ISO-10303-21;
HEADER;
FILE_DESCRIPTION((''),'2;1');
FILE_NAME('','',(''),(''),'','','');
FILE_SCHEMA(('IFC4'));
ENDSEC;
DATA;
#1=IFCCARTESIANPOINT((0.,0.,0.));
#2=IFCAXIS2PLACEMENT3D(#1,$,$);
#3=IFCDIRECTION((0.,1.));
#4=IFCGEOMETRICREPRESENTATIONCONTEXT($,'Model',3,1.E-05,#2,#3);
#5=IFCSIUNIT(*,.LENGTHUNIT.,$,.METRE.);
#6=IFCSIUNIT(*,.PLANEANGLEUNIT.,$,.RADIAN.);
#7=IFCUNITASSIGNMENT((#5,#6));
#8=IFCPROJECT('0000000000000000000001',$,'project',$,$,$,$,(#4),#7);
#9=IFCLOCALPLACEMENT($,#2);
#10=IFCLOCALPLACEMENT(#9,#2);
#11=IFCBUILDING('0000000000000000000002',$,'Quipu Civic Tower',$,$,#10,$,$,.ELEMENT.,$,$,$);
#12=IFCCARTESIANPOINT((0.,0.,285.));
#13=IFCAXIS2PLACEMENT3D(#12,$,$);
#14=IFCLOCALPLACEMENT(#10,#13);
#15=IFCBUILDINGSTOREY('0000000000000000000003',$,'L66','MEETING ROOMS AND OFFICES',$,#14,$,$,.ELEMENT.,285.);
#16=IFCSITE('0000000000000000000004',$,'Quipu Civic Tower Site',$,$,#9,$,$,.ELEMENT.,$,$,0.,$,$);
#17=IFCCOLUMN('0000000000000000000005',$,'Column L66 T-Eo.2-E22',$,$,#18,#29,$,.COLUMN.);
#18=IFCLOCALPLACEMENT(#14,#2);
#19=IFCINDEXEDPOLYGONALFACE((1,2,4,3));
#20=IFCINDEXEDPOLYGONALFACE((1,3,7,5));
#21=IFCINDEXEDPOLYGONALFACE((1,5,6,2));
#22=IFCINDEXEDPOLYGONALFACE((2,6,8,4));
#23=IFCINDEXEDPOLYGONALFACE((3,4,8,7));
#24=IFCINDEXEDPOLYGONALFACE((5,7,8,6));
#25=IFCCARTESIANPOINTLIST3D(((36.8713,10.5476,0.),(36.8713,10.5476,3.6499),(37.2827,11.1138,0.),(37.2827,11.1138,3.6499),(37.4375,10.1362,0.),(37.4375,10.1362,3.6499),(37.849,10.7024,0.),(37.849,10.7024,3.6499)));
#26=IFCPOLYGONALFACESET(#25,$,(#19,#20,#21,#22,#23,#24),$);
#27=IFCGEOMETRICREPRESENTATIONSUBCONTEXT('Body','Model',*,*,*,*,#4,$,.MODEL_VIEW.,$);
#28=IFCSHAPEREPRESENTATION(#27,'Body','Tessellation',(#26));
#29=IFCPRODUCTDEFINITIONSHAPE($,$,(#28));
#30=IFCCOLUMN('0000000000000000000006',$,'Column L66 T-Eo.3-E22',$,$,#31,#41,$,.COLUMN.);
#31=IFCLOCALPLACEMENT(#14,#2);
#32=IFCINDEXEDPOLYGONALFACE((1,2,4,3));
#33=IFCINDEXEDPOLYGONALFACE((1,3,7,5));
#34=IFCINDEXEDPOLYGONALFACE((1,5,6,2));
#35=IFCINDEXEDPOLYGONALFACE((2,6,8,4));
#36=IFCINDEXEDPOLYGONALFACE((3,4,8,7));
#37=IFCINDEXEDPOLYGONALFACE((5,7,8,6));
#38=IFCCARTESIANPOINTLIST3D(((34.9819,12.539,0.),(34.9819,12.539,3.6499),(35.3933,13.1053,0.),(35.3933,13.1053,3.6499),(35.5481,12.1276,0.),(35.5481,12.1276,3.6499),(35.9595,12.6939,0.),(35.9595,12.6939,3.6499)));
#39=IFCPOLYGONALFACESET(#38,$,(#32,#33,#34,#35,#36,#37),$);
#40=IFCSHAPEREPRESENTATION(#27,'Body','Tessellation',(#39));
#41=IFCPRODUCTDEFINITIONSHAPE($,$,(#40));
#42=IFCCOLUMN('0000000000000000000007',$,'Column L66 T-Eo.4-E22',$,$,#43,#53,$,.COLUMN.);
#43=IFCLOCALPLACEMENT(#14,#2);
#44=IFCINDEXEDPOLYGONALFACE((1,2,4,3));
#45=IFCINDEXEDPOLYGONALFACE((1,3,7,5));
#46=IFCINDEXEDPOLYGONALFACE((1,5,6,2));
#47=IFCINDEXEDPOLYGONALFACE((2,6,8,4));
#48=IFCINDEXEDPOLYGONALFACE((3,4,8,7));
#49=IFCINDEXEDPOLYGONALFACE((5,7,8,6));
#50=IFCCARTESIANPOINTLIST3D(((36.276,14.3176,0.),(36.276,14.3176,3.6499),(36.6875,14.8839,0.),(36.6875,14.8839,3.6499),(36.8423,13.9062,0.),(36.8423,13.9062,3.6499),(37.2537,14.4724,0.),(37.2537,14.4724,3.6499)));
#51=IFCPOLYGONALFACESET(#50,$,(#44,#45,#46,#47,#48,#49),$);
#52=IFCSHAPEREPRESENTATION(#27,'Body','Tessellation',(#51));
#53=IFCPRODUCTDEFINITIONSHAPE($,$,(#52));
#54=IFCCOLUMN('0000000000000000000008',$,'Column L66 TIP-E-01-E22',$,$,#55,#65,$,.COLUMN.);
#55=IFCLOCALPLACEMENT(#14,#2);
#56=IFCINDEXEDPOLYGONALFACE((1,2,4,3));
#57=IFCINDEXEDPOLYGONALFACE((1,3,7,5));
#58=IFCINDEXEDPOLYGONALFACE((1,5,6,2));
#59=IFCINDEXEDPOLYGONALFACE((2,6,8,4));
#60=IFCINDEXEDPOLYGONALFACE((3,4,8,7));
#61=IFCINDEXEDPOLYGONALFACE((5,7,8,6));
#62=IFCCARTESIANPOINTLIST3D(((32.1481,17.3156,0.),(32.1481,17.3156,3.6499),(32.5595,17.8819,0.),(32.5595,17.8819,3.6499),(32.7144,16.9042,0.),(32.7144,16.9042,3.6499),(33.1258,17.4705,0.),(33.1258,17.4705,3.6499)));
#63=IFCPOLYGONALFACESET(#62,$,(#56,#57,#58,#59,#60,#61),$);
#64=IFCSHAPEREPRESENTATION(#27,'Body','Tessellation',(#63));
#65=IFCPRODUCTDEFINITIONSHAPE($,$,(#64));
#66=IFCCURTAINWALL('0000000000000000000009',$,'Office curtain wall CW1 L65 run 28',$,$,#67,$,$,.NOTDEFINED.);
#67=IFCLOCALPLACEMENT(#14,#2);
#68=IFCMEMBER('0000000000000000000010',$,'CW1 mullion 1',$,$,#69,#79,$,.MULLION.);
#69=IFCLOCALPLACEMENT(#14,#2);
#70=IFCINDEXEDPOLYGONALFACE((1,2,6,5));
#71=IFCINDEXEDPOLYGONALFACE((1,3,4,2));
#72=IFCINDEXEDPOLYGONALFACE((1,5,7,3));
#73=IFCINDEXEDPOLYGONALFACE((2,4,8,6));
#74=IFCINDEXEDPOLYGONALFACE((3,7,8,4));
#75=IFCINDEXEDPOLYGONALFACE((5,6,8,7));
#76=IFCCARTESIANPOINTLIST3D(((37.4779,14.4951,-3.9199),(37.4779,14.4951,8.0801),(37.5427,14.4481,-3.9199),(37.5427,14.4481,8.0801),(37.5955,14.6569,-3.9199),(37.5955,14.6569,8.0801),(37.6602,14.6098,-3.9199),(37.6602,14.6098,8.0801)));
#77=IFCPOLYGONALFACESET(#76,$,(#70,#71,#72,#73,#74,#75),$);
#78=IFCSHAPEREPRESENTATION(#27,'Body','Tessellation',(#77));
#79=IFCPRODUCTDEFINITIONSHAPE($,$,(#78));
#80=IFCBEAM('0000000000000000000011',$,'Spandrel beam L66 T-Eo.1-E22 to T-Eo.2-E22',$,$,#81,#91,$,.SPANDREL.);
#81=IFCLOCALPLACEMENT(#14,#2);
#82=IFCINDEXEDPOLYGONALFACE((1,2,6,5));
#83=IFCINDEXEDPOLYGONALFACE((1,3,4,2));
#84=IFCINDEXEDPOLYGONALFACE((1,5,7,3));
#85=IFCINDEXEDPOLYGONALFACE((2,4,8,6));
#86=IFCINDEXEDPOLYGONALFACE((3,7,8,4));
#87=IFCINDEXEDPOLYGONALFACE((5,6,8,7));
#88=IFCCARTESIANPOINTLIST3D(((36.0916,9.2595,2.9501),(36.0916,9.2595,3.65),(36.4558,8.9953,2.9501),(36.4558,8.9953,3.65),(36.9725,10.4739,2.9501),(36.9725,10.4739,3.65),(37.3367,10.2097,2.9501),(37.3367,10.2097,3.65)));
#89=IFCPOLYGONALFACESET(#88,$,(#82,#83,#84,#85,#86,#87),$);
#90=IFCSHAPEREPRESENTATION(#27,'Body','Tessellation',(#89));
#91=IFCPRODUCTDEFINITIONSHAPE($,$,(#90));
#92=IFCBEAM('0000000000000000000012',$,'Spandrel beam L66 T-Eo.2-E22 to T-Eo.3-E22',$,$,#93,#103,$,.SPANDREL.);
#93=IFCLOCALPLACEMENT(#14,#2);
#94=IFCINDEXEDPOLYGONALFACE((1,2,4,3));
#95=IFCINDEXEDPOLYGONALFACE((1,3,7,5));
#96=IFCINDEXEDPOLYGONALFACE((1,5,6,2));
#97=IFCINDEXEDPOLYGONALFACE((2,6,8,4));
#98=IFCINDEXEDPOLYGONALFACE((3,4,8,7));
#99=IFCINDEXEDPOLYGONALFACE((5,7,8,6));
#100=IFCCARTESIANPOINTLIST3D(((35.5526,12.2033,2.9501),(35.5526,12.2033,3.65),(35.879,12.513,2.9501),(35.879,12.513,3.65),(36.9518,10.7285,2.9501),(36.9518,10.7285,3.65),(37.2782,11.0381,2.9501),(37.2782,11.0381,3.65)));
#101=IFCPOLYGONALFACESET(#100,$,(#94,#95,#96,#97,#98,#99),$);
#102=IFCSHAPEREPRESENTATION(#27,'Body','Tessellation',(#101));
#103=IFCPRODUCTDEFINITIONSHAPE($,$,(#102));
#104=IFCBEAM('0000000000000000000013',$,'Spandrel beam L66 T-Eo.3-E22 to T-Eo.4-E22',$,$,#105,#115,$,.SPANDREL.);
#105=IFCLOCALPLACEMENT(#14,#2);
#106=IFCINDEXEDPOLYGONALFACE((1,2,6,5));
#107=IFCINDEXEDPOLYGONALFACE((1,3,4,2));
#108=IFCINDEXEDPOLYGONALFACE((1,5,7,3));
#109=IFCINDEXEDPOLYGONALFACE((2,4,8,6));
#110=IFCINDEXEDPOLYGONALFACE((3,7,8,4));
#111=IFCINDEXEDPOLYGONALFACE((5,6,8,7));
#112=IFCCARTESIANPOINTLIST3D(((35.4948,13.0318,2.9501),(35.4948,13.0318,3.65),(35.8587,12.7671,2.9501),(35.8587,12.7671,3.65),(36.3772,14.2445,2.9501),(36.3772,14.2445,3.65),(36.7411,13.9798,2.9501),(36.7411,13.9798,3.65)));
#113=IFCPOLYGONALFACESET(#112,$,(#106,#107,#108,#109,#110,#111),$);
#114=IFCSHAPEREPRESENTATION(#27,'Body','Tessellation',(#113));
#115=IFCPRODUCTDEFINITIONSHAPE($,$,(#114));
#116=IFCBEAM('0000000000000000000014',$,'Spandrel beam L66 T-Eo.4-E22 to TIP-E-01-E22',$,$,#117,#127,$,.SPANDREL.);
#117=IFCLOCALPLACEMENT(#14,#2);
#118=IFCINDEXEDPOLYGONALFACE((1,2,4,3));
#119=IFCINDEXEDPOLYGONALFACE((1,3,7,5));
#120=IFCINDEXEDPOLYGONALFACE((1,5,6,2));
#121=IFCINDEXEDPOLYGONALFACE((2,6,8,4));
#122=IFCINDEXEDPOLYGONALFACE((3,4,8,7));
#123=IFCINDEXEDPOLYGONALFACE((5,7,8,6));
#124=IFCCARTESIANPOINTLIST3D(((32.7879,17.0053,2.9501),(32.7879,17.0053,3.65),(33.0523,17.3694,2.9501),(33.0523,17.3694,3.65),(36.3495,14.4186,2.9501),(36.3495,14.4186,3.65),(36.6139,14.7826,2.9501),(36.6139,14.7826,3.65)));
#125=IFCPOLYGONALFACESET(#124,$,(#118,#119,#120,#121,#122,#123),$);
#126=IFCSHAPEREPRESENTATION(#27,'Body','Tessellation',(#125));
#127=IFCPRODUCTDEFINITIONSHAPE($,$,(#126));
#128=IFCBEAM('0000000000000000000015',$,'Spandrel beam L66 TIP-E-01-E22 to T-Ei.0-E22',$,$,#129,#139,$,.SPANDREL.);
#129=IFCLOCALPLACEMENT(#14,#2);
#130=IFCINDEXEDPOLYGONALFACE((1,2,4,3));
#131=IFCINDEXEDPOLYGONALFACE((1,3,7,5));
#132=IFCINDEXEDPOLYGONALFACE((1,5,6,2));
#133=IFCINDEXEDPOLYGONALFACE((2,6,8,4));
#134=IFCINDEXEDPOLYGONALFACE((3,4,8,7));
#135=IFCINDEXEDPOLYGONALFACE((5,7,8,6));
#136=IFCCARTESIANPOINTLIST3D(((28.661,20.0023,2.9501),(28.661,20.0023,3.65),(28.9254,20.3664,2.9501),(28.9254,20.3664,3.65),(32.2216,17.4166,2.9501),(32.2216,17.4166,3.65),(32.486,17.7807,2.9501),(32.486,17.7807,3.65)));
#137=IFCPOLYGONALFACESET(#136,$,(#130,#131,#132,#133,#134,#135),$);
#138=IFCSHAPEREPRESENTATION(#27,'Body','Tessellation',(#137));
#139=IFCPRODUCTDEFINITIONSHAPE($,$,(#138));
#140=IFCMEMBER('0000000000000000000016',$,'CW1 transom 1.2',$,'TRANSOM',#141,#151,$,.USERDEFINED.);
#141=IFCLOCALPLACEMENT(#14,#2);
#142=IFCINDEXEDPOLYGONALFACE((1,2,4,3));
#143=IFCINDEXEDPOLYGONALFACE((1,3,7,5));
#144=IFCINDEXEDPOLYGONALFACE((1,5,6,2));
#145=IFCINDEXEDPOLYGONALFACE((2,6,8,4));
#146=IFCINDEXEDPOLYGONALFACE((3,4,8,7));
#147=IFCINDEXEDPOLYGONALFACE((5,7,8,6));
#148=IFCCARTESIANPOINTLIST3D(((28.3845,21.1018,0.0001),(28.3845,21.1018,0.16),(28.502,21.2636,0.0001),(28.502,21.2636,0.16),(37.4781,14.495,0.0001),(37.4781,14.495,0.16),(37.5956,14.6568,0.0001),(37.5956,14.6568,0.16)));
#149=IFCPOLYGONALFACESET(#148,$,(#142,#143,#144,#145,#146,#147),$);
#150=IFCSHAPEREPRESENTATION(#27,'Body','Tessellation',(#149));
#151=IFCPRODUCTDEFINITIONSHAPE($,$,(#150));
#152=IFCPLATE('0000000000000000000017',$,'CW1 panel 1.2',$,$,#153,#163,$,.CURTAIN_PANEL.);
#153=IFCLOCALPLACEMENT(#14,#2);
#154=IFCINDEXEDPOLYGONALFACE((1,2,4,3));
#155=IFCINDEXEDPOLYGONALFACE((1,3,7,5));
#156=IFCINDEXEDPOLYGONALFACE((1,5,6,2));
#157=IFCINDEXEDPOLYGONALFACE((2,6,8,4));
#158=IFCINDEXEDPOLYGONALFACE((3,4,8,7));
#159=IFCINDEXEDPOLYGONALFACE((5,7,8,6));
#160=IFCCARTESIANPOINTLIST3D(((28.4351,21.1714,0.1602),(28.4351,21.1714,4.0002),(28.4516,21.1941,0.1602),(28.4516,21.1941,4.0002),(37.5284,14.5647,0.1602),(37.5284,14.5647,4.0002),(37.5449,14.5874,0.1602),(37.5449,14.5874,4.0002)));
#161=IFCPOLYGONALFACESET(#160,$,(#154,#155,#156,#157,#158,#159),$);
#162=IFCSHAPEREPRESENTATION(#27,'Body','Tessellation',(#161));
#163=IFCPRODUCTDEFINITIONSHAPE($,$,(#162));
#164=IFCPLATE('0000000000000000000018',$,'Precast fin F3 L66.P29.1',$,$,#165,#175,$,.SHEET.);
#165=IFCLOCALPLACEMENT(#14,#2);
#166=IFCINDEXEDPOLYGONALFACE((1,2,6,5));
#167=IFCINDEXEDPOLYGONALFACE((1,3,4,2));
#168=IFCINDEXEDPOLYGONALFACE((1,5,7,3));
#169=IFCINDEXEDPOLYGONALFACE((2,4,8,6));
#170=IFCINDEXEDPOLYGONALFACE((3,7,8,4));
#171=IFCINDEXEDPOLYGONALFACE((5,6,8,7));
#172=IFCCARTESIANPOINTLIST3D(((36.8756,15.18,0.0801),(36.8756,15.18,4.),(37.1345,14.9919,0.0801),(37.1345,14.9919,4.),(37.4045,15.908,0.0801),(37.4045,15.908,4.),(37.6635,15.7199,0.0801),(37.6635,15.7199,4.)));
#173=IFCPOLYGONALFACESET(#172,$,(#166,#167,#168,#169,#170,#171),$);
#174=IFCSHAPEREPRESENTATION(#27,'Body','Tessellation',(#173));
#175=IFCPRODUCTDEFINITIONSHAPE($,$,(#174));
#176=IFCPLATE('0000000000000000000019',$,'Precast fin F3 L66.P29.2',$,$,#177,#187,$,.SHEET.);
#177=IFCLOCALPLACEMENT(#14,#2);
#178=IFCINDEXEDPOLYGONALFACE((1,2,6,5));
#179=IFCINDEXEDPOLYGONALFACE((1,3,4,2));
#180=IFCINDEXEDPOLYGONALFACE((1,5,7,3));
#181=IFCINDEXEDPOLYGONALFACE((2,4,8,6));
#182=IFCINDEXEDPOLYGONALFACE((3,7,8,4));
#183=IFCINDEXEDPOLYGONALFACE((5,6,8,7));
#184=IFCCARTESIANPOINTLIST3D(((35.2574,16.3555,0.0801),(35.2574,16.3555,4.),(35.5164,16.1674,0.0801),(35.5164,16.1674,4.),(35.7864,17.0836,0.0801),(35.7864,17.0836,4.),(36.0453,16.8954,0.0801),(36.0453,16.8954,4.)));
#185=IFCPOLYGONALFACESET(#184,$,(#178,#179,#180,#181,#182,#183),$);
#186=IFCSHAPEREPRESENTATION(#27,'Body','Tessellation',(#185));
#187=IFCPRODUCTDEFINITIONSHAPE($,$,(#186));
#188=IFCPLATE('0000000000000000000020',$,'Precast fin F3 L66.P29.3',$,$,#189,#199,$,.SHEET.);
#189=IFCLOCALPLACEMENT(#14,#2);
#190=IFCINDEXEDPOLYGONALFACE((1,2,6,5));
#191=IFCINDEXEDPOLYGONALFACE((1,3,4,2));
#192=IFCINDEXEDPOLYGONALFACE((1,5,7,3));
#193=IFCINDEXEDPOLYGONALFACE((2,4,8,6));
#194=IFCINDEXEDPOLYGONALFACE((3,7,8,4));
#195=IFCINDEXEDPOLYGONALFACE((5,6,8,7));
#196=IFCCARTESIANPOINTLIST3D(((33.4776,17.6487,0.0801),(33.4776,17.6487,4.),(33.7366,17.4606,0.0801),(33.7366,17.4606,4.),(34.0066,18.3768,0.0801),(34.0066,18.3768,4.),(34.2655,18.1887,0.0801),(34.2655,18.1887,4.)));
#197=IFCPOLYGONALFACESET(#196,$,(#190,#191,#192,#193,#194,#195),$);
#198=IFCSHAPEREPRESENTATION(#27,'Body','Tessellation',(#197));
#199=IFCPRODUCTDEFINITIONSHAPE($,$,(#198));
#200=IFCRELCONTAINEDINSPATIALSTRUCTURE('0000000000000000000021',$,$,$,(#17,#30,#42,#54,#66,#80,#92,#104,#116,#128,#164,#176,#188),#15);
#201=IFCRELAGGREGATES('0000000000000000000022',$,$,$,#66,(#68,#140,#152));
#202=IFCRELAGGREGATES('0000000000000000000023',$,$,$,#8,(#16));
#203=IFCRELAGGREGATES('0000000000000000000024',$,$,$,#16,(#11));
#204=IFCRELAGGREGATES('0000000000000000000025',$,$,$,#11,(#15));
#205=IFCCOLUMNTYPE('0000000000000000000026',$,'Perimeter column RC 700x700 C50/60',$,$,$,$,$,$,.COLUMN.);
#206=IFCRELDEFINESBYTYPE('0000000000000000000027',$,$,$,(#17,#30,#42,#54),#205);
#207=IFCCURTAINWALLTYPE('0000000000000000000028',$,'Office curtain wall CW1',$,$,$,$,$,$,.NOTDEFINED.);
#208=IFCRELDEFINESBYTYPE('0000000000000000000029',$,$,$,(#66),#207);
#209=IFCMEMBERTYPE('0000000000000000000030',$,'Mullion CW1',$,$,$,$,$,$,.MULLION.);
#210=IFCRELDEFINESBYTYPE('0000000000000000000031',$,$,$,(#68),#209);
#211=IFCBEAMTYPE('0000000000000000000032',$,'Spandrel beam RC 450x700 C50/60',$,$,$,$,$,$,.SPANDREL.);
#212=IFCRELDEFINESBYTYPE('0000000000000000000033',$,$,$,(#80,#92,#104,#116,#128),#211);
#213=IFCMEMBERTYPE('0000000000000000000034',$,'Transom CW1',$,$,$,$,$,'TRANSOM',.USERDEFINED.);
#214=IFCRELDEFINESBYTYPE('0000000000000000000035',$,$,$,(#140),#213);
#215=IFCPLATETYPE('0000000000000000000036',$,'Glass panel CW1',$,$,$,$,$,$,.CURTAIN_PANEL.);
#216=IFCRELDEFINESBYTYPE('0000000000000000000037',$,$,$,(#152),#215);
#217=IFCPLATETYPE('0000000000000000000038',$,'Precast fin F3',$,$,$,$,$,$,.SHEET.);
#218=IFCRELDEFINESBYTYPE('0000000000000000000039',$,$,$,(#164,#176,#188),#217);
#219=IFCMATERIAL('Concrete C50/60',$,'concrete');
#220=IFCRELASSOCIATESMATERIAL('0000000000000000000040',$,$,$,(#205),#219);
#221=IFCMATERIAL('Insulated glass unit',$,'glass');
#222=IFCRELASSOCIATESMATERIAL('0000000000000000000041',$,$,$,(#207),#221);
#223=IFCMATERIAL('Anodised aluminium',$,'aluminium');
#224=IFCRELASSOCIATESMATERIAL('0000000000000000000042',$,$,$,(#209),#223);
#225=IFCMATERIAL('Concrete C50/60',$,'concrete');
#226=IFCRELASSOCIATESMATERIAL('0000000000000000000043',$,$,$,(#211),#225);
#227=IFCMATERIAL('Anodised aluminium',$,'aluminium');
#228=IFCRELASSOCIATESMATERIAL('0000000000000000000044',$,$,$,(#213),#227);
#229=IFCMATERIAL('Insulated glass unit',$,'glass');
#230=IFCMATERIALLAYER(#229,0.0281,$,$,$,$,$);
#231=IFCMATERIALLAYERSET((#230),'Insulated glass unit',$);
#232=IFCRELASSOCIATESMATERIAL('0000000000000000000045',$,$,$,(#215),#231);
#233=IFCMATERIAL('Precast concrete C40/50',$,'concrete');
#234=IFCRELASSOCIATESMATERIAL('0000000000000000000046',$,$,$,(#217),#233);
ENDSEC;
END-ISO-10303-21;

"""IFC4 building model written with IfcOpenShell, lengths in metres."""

from ifc_helpers import new_model, si_unit, direction, frame, origin, origin_2d, place, context, subcontext, project, spatial, rectangle, extrude, material, layer, layer_set, material_profile, profile_set, type_object, element, aggregate, save


model = new_model("IFC4")

# Units and contexts
model_context = context("Model", 3, precision=1e-05, world=origin(), true_north=direction((0.0, 1.0)))
body_context = subcontext(model_context, "Body", "Model", "MODEL_VIEW")
ifc_project = project(units=[si_unit("LENGTHUNIT", "METRE"), si_unit("PLANEANGLEUNIT", "RADIAN")], contexts=[model_context])

# Site, building, storey
site_placement = place(None, origin())
site = spatial("IfcSite", under=ifc_project, at=site_placement, Name="Quipu Civic Tower Site", CompositionType="ELEMENT", RefElevation=0.0)
building_placement = place(site_placement, origin())
building = spatial("IfcBuilding", under=site, at=building_placement, Name="Quipu Civic Tower", CompositionType="ELEMENT")
storey_placement = place(building_placement, frame((0.0, 0.0, 285.0)))
storey = spatial("IfcBuildingStorey", under=building, at=storey_placement, Name="L66", Description="MEETING ROOMS AND OFFICES", CompositionType="ELEMENT", Elevation=285.0)

# Columns
ifc_material_1 = material(Name="Concrete C50/60", Category="concrete")
ifc_material_profile_1 = material_profile(ifc_material_1, rectangle(XDim=0.7, YDim=0.7, at=origin_2d()), Name="RC700x700")
ifc_profile_set_1 = profile_set([ifc_material_profile_1], Name="Concrete C50/60")
column_type = type_object("IfcColumnType", Name="Perimeter column RC 700x700 C50/60", PredefinedType="COLUMN", material=ifc_profile_set_1)
for number, where, z_axis, x_axis, name in (
    (1, (37.3601, 10.625, 0.0), (0.0, 0.0, 1.0), (0.587785, 0.809017, 0.0), "Column L66 T-Eo.2-E22"),
    (2, (35.4707, 12.6165, 0.0), (0.0, 0.0, 1.0), (-0.809017, 0.587785, 0.0), "Column L66 T-Eo.3-E22"),
    (3, (36.7649, 14.395, 0.0), (0.0, 0.0, 1.0), (-0.809017, 0.587785, 0.0), "Column L66 T-Eo.4-E22"),
    (4, (32.637, 17.3931, 0.0), (0.0, 0.0, 1.0), (-0.809017, 0.587785, 0.0), "Column L66 TIP-E-01-E22"),
):
    element("IfcColumn", number, at=place(storey_placement, frame(where, z_axis=z_axis, x_axis=x_axis)), inside=storey, type_object=column_type, Name=name, PredefinedType="COLUMN", context=body_context, shape_type="SweptSolid", body=[
        extrude(rectangle(XDim=0.7, YDim=0.7, at=origin_2d()), origin(), (0.0, 0.0, 1.0), 3.6499),
    ])

# Curtain wall, member
ifc_material_2 = material(Name="Insulated glass unit", Category="glass")
curtain_wall_type = type_object("IfcCurtainWallType", Name="Office curtain wall CW1", PredefinedType="NOTDEFINED", material=ifc_material_2)
curtain_wall_placement = place(storey_placement, origin())
curtain_wall = element("IfcCurtainWall", 5, at=curtain_wall_placement, inside=storey, type_object=curtain_wall_type, Name="Office curtain wall CW1 L65 run 28", PredefinedType="NOTDEFINED")
ifc_material_3 = material(Name="Anodised aluminium", Category="aluminium")
ifc_material_profile_2 = material_profile(ifc_material_3, rectangle(XDim=0.2, YDim=0.0801, at=origin_2d()), Name="RECT 200x80")
ifc_profile_set_2 = profile_set([ifc_material_profile_2], Name="Anodised aluminium")
member_type_1 = type_object("IfcMemberType", Name="Mullion CW1", PredefinedType="MULLION", material=ifc_profile_set_2)
member_1_placement = place(storey_placement, frame((37.5691, 14.5525, -3.9199), z_axis=(0.0, 0.0, 1.0), x_axis=(-0.587788, -0.809015, 0.0)))
member_1 = element("IfcMember", 6, at=member_1_placement, type_object=member_type_1, Name="CW1 mullion 1", PredefinedType="MULLION", context=body_context, shape_type="SweptSolid", body=[
    extrude(rectangle(XDim=0.2, YDim=0.0801, at=origin_2d()), origin(), (0.0, 0.0, 1.0), 12.0),
])

# Beams
ifc_material_4 = material(Name="Concrete C50/60", Category="concrete")
ifc_material_profile_3 = material_profile(ifc_material_4, rectangle(XDim=0.45, YDim=0.7, at=origin_2d()), Name="RC450x700")
ifc_profile_set_3 = profile_set([ifc_material_profile_3], Name="Concrete C50/60")
beam_type = type_object("IfcBeamType", Name="Spandrel beam RC 450x700 C50/60", PredefinedType="SPANDREL", material=ifc_profile_set_3)
beam_1_placement = place(storey_placement, frame((36.2737, 9.1274, 3.3), z_axis=(0.587165, 0.809467, 0.0), x_axis=(-0.809467, 0.587165, 0.0)))
element("IfcBeam", 7, at=beam_1_placement, inside=storey, type_object=beam_type, Name="Spandrel beam L66 T-Eo.1-E22 to T-Eo.2-E22", PredefinedType="SPANDREL", context=body_context, shape_type="SweptSolid", body=[
    extrude(rectangle(XDim=0.45, YDim=0.7, at=origin_2d()), origin(), (0.0, 0.0, 1.0), 1.5002),
])
beam_2_placement = place(storey_placement, frame((37.115, 10.8833, 3.3), z_axis=(-0.688247, 0.725476, 0.0), x_axis=(-0.725476, -0.688247, 0.0)))
element("IfcBeam", 8, at=beam_2_placement, inside=storey, type_object=beam_type, Name="Spandrel beam L66 T-Eo.2-E22 to T-Eo.3-E22", PredefinedType="SPANDREL", context=body_context, shape_type="SweptSolid", body=[
    extrude(rectangle(XDim=0.45, YDim=0.7, at=origin_2d()), origin(), (0.0, 0.0, 1.0), 2.033),
])
beam_3_placement = place(storey_placement, frame((35.6768, 12.8994, 3.3), z_axis=(0.588346, 0.808609, 0.0), x_axis=(-0.808609, 0.588346, 0.0)))
element("IfcBeam", 9, at=beam_3_placement, inside=storey, type_object=beam_type, Name="Spandrel beam L66 T-Eo.3-E22 to T-Eo.4-E22", PredefinedType="SPANDREL", context=body_context, shape_type="SweptSolid", body=[
    extrude(rectangle(XDim=0.45, YDim=0.7, at=origin_2d()), origin(), (0.0, 0.0, 1.0), 1.4998),
])
beam_4_placement = place(storey_placement, frame((36.4817, 14.6006, 3.3), z_axis=(-0.809117, 0.587647, 0.0), x_axis=(-0.587647, -0.809117, 0.0)))
element("IfcBeam", 10, at=beam_4_placement, inside=storey, type_object=beam_type, Name="Spandrel beam L66 T-Eo.4-E22 to TIP-E-01-E22", PredefinedType="SPANDREL", context=body_context, shape_type="SweptSolid", body=[
    extrude(rectangle(XDim=0.45, YDim=0.7, at=origin_2d()), origin(), (0.0, 0.0, 1.0), 4.4019),
])
beam_5_placement = place(storey_placement, frame((32.3538, 17.5986, 3.3), z_axis=(-0.809146, 0.587607, 0.0), x_axis=(-0.587607, -0.809146, 0.0)))
element("IfcBeam", 11, at=beam_5_placement, inside=storey, type_object=beam_type, Name="Spandrel beam L66 TIP-E-01-E22 to T-Ei.0-E22", PredefinedType="SPANDREL", context=body_context, shape_type="SweptSolid", body=[
    extrude(rectangle(XDim=0.45, YDim=0.7, at=origin_2d()), origin(), (0.0, 0.0, 1.0), 4.4004),
])

# Member
ifc_material_5 = material(Name="Anodised aluminium", Category="aluminium")
ifc_material_profile_4 = material_profile(ifc_material_5, rectangle(XDim=0.2, YDim=0.1599, at=origin_2d()), Name="RECT 200x160")
ifc_profile_set_4 = profile_set([ifc_material_profile_4], Name="Anodised aluminium")
member_type_2 = type_object("IfcMemberType", Name="Transom CW1", ElementType="TRANSOM", PredefinedType="USERDEFINED", material=ifc_profile_set_4)
member_2_placement = place(storey_placement, frame((37.5369, 14.5759, 0.0801), z_axis=(-0.809022, 0.587778, 0.0), x_axis=(-0.587778, -0.809022, 0.0)))
member_2 = element("IfcMember", 12, at=member_2_placement, type_object=member_type_2, Name="CW1 transom 1.2", ObjectType="TRANSOM", PredefinedType="USERDEFINED", context=body_context, shape_type="SweptSolid", body=[
    extrude(rectangle(XDim=0.2, YDim=0.1599, at=origin_2d()), origin(), (0.0, 0.0, 1.0), 11.2402),
])

# Plate
ifc_material_6 = material(Name="Insulated glass unit", Category="glass")
ifc_layer_1 = layer(ifc_material_6, 0.0281)
ifc_layer_set_1 = layer_set([ifc_layer_1], Name="Insulated glass unit")
plate_type_1 = type_object("IfcPlateType", Name="Glass panel CW1", PredefinedType="CURTAIN_PANEL", material=ifc_layer_set_1)
plate_placement = place(storey_placement, frame((32.99, 17.8794, 0.1602), z_axis=(0.0, 0.0, 1.0), x_axis=(-0.809015, 0.587788, 0.0)))
plate = element("IfcPlate", 13, at=plate_placement, type_object=plate_type_1, Name="CW1 panel 1.2", PredefinedType="CURTAIN_PANEL", context=body_context, shape_type="SweptSolid", body=[
    extrude(rectangle(XDim=11.24, YDim=0.0281, at=origin_2d()), origin(), (0.0, 0.0, 1.0), 3.8401),
])
aggregate(curtain_wall, [member_1, member_2, plate])

# Plates
ifc_material_7 = material(Name="Precast concrete C40/50", Category="concrete")
plate_type_2 = type_object("IfcPlateType", Name="Precast fin F3", PredefinedType="SHEET", material=ifc_material_7)
for number, where, z_axis, x_axis, name in (
    (14, (37.2695, 15.45, 0.0801), (0.0, 0.0, 1.0), (-0.809017, 0.587785, 0.0), "Precast fin F3 L66.P29.1"),
    (15, (35.6514, 16.6255, 0.0801), (0.0, 0.0, 1.0), (-0.809017, 0.587785, 0.0), "Precast fin F3 L66.P29.2"),
    (16, (33.8716, 17.9187, 0.0801), (0.0, 0.0, 1.0), (-0.809017, 0.587785, 0.0), "Precast fin F3 L66.P29.3"),
):
    element("IfcPlate", number, at=place(storey_placement, frame(where, z_axis=z_axis, x_axis=x_axis)), inside=storey, type_object=plate_type_2, Name=name, PredefinedType="SHEET", context=body_context, shape_type="SweptSolid", body=[
        extrude(rectangle(XDim=0.3201, YDim=0.8999, at=origin_2d()), origin(), (0.0, 0.0, 1.0), 3.9199),
    ])

save(model, "model.ifc")
